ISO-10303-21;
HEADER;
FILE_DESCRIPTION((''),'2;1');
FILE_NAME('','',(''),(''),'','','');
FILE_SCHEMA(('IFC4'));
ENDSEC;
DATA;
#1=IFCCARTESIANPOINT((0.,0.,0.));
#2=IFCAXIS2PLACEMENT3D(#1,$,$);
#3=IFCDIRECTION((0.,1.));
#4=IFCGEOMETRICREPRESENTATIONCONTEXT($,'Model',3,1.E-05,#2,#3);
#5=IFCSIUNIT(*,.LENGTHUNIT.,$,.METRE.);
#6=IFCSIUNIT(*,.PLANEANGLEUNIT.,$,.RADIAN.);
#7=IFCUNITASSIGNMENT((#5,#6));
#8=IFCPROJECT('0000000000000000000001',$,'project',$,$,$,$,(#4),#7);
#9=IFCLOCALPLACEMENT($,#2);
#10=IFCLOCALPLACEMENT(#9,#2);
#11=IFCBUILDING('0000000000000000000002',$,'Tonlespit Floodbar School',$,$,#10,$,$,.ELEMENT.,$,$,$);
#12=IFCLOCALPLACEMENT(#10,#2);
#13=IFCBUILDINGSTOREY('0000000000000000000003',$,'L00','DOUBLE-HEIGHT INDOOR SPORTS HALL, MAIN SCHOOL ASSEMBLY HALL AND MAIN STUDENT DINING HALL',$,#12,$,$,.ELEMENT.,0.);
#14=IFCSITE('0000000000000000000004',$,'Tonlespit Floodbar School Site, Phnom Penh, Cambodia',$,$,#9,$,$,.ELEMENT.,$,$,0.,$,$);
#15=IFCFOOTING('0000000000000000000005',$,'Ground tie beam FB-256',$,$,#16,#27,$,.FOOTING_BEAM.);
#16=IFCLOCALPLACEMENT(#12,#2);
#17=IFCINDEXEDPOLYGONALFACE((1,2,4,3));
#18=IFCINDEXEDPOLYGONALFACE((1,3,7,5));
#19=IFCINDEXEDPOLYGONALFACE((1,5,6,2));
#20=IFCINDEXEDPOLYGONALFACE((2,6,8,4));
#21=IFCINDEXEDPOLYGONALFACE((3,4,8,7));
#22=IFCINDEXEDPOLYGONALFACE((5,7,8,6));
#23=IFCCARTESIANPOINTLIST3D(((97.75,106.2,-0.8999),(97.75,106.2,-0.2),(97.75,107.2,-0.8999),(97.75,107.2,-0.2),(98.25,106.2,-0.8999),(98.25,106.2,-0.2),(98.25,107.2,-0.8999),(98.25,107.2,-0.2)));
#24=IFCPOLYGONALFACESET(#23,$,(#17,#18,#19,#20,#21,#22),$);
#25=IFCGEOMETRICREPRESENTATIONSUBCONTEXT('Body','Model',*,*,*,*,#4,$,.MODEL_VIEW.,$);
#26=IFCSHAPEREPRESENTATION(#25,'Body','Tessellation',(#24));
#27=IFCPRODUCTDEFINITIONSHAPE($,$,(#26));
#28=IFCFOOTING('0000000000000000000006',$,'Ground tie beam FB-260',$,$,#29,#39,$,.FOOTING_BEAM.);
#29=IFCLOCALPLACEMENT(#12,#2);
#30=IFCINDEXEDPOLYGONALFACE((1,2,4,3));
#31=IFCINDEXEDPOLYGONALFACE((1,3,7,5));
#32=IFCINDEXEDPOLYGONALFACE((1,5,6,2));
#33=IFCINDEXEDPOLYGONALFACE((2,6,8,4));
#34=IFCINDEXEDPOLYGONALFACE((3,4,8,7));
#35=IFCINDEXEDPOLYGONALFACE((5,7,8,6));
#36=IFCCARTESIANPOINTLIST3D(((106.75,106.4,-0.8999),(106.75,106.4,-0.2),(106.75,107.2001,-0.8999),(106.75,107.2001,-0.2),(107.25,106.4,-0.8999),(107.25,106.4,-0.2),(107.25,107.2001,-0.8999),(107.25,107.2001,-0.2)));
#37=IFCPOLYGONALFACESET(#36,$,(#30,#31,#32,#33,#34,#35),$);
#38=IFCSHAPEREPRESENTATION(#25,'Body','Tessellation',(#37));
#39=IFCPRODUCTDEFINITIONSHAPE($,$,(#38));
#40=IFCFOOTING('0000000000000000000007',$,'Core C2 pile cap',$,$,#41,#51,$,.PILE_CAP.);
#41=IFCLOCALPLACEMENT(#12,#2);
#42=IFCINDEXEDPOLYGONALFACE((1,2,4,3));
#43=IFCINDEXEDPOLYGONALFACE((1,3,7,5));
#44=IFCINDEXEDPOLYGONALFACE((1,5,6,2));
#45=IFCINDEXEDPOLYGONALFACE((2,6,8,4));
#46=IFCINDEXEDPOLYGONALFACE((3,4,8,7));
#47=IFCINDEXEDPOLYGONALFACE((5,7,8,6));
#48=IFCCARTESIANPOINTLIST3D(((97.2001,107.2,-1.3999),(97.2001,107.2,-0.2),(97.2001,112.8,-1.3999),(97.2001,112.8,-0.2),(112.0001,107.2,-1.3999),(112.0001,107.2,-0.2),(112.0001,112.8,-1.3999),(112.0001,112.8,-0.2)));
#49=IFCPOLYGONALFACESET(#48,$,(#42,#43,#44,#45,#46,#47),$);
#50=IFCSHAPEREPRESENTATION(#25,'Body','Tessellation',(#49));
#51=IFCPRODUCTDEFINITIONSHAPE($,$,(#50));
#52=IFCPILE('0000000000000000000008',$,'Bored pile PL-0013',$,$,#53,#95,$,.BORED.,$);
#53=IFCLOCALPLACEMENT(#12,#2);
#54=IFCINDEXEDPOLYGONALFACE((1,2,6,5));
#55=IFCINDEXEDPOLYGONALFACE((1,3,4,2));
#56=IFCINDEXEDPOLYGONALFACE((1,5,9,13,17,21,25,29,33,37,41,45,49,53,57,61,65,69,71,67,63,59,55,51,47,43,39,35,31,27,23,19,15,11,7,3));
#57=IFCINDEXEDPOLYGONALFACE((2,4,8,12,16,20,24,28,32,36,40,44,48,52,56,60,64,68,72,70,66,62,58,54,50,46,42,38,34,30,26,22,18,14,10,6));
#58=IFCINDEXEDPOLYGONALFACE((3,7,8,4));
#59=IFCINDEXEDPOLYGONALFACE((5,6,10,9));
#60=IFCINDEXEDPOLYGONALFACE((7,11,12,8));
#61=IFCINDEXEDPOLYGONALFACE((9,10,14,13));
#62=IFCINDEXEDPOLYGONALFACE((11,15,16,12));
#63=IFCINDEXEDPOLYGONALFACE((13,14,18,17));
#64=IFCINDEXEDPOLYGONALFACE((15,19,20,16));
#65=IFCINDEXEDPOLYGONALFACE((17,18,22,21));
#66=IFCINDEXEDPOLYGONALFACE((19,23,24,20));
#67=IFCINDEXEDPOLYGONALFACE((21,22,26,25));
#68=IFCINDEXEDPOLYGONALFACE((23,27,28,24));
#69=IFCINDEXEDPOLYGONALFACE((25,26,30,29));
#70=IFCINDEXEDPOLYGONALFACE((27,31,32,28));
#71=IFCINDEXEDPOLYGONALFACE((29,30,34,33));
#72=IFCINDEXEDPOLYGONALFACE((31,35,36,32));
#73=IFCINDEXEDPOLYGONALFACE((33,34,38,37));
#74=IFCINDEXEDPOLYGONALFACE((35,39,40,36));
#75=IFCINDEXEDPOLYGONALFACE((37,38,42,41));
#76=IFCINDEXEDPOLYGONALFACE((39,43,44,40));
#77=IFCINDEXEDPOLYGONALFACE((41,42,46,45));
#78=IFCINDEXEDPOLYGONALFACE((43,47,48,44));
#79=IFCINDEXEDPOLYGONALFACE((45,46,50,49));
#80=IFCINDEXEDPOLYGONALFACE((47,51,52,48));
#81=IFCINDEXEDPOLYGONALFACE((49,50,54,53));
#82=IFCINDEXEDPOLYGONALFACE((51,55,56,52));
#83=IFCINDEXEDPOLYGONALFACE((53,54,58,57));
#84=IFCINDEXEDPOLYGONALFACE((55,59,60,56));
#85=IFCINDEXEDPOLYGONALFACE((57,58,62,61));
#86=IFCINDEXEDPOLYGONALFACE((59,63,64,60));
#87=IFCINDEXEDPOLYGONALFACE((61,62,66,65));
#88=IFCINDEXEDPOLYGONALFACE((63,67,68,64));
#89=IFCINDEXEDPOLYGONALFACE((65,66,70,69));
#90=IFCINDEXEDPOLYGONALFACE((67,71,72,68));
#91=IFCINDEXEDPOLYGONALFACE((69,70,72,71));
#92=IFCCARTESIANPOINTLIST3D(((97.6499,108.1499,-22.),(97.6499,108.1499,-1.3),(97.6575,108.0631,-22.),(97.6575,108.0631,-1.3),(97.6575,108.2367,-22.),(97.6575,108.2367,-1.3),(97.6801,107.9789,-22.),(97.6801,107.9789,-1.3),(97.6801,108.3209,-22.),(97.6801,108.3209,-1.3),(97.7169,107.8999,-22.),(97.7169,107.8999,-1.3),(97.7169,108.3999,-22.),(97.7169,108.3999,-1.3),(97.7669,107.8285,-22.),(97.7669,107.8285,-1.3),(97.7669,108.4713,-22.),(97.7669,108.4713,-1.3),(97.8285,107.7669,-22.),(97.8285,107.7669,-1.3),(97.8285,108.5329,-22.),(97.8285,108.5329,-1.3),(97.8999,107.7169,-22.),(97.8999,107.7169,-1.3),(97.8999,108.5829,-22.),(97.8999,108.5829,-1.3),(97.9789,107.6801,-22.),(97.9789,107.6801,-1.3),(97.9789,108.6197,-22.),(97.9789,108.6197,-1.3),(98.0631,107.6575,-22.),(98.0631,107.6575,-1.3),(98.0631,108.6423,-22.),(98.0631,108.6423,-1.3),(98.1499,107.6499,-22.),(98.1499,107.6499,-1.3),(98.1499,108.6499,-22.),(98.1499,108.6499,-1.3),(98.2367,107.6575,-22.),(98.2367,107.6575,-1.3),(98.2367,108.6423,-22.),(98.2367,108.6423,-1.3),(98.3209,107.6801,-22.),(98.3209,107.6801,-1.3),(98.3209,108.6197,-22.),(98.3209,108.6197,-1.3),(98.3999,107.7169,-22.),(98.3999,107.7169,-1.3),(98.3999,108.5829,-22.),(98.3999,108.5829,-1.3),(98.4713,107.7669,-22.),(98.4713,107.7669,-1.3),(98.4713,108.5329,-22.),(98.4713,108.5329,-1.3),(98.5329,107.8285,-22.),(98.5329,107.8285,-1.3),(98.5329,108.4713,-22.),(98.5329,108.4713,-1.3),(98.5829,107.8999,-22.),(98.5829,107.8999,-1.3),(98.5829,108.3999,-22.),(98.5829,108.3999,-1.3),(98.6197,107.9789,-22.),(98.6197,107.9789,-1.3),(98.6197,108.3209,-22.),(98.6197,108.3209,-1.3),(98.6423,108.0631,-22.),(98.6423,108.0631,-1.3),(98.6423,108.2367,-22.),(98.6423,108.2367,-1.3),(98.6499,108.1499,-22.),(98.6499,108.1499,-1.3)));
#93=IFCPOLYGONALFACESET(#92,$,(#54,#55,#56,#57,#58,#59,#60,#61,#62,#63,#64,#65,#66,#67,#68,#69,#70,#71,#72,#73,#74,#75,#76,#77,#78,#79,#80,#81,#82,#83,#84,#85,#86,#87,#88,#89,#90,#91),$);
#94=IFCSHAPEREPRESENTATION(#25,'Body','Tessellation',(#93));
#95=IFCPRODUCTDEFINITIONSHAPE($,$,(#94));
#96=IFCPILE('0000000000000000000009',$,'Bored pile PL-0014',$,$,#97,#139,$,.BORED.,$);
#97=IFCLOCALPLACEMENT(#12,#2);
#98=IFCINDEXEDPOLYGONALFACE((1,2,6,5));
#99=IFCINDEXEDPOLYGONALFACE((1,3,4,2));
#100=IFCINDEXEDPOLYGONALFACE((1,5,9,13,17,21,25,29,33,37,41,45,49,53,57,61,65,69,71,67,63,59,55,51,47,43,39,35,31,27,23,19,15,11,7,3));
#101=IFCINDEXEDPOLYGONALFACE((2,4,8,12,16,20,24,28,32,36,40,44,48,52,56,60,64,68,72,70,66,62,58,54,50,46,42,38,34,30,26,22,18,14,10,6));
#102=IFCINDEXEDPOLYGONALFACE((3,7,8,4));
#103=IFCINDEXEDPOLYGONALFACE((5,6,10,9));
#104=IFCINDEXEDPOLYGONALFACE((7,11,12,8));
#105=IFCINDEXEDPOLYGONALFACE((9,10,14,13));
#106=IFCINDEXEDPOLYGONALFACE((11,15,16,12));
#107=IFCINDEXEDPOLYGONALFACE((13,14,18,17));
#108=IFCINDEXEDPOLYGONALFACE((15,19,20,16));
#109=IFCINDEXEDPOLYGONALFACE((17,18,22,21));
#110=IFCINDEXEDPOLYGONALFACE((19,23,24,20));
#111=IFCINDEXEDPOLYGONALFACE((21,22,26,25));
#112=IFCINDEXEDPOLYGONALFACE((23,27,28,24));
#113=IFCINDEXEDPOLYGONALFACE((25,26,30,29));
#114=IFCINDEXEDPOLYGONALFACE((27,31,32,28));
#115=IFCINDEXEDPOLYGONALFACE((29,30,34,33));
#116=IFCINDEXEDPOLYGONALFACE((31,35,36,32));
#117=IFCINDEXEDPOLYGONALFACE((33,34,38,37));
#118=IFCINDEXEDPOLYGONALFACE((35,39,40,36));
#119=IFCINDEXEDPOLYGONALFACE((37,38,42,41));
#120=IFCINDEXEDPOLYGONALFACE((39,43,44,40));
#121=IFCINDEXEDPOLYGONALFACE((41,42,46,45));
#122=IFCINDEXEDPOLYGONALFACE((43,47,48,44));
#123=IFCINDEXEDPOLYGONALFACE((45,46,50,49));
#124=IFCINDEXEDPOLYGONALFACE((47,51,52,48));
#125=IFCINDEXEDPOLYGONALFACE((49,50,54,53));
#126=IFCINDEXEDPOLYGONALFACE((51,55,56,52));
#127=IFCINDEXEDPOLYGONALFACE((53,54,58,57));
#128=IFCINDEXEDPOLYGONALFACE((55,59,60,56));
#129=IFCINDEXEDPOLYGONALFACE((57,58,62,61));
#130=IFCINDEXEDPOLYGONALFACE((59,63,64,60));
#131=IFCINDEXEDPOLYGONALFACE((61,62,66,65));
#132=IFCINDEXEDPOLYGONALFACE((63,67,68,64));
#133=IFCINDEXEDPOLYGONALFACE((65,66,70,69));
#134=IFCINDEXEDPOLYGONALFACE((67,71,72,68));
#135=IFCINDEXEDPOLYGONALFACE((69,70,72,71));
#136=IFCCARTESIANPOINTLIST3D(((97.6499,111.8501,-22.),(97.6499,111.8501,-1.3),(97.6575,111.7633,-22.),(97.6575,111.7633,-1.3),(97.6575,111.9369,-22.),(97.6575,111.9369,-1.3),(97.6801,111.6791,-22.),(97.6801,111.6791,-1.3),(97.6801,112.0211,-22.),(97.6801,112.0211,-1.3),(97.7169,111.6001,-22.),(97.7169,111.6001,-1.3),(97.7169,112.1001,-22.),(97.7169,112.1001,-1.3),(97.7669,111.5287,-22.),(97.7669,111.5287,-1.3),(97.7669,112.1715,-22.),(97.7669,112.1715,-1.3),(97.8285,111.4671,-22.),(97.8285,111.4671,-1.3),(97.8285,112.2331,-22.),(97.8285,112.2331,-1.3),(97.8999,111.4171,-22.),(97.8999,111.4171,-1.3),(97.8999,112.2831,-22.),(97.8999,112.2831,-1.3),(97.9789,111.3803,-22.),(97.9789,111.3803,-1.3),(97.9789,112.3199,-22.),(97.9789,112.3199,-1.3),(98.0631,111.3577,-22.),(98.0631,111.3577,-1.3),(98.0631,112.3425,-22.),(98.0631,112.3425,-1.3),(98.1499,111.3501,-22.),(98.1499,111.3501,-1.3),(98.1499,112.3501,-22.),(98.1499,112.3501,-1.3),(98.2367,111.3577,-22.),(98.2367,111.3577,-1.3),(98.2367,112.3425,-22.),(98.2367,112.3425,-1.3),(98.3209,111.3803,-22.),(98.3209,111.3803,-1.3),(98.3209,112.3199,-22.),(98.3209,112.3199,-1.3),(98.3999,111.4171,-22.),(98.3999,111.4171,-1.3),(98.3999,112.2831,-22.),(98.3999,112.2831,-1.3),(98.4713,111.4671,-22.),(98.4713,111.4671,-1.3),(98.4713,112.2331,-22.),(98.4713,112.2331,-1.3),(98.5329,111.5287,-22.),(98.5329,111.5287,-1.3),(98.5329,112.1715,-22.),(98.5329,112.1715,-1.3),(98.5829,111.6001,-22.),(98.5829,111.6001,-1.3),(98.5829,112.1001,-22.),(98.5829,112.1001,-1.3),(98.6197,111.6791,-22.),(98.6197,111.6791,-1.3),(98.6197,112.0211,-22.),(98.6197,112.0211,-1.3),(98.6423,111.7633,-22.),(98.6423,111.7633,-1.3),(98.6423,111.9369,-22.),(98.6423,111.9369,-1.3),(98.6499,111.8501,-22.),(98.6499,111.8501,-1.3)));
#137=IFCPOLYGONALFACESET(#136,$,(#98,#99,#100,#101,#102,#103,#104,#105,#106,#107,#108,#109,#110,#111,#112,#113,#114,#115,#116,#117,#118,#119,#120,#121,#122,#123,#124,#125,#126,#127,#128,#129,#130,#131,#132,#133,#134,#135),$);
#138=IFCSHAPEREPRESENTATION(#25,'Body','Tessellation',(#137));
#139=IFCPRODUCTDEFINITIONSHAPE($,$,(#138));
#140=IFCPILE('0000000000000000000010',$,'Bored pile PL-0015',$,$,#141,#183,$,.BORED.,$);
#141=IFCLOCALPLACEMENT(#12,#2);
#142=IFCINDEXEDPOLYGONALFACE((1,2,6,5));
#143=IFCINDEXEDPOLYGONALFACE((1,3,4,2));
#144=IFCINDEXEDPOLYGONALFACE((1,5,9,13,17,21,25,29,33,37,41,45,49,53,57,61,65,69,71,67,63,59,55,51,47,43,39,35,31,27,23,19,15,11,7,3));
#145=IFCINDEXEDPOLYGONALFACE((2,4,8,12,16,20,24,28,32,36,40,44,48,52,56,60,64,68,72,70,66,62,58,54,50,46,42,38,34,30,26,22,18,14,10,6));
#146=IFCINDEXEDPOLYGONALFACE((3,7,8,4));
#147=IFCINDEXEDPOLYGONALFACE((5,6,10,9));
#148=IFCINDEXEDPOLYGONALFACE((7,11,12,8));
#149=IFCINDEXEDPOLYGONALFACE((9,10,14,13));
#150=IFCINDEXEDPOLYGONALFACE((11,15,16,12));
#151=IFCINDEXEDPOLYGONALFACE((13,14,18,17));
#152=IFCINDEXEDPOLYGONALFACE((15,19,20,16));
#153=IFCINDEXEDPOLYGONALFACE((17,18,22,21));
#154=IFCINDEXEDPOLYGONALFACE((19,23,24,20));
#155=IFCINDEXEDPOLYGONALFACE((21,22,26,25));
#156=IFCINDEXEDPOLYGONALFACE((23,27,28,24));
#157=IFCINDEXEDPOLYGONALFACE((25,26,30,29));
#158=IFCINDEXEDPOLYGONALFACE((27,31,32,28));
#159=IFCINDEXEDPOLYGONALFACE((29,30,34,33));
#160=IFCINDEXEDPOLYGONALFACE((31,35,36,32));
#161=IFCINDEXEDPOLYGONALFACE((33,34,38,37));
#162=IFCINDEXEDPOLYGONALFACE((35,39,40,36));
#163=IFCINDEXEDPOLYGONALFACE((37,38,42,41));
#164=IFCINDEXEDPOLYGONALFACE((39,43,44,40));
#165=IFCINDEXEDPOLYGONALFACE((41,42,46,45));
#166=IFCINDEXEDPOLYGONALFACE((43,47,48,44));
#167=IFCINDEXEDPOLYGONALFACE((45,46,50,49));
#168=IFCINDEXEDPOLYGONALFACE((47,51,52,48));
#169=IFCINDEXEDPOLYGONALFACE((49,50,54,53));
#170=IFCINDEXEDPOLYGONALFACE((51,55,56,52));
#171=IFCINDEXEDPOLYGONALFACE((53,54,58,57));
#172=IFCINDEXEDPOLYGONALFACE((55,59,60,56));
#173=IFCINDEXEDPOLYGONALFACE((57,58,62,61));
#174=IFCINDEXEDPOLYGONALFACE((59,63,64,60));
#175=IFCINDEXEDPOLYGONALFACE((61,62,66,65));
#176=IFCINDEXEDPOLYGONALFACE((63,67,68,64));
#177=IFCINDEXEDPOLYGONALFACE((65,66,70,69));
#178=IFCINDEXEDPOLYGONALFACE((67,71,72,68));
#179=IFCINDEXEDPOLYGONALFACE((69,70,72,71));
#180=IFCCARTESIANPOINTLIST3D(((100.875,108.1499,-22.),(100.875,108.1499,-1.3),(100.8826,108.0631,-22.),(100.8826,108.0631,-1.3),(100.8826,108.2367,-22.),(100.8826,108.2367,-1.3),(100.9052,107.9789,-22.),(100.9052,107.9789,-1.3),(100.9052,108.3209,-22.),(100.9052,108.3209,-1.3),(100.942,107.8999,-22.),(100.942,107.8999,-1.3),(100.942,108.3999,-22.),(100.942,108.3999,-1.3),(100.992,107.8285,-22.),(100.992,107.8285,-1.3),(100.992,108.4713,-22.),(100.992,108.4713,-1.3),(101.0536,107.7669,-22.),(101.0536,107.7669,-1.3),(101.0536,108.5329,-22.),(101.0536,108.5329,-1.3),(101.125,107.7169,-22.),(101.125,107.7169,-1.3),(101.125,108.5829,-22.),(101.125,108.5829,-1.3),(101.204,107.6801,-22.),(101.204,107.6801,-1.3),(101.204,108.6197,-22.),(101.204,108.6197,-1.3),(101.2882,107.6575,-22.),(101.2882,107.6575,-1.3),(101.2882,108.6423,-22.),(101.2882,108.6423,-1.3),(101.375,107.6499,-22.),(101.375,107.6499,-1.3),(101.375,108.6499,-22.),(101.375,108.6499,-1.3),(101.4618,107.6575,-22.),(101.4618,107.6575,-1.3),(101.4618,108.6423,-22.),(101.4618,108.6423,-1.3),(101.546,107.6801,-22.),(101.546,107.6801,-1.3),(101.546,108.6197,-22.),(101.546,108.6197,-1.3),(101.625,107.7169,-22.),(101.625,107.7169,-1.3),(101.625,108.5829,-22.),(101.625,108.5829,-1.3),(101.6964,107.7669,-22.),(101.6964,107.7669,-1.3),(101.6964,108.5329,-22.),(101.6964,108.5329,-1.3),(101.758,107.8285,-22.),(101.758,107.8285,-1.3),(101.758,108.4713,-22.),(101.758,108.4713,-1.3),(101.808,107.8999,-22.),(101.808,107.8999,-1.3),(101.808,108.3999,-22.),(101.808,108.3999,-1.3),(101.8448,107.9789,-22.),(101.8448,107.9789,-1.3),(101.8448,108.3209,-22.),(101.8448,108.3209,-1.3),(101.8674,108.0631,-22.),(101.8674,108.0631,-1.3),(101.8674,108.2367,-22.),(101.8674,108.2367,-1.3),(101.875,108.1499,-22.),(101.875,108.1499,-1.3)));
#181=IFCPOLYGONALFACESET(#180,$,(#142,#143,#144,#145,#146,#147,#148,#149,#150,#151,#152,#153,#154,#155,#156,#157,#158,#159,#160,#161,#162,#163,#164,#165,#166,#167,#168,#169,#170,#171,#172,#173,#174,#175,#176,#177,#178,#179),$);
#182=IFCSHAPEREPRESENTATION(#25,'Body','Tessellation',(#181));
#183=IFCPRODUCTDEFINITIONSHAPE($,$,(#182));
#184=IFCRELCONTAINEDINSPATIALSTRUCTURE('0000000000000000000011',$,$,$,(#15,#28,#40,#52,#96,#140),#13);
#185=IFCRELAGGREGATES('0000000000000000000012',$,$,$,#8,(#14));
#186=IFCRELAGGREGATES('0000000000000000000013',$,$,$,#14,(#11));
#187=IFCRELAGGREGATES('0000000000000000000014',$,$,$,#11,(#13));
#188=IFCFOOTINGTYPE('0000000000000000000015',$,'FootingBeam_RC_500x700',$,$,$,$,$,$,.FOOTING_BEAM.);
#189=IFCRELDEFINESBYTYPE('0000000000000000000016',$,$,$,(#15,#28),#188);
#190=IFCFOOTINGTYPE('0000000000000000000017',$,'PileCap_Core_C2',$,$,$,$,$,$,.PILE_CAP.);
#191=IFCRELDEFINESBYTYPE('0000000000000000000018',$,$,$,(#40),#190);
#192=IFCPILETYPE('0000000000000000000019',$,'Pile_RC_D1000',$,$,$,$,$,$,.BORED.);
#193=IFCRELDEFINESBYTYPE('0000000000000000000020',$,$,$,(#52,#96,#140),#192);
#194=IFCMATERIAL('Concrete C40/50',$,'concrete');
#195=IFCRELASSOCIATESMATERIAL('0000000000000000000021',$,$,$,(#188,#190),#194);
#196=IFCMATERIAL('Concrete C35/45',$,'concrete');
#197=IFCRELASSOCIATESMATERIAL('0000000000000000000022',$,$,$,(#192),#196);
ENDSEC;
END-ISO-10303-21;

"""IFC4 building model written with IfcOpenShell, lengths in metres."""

from ifc_helpers import new_model, si_unit, direction, frame, origin, origin_2d, place, context, subcontext, project, spatial, rectangle, circle, extrude, material, material_profile, profile_set, type_object, element, save


model = new_model("IFC4")

# Units and contexts
model_context = context("Model", 3, precision=1e-05, world=origin(), true_north=direction((0.0, 1.0)))
body_context = subcontext(model_context, "Body", "Model", "MODEL_VIEW")
ifc_project = project(units=[si_unit("LENGTHUNIT", "METRE"), si_unit("PLANEANGLEUNIT", "RADIAN")], contexts=[model_context])

# Site, building, storey
site_placement = place(None, origin())
site = spatial("IfcSite", under=ifc_project, at=site_placement, Name="Tonlespit Floodbar School Site, Phnom Penh, Cambodia", CompositionType="ELEMENT", RefElevation=0.0)
building_placement = place(site_placement, origin())
building = spatial("IfcBuilding", under=site, at=building_placement, Name="Tonlespit Floodbar School", CompositionType="ELEMENT")
storey_placement = place(building_placement, origin())
storey = spatial("IfcBuildingStorey", under=building, at=storey_placement, Name="L00", Description="DOUBLE-HEIGHT INDOOR SPORTS HALL, MAIN SCHOOL ASSEMBLY HALL AND MAIN STUDENT DINING HALL", CompositionType="ELEMENT", Elevation=0.0)

# Footings
ifc_material_1 = material(Name="Concrete C40/50", Category="concrete")
footing_type_1 = type_object("IfcFootingType", Name="FootingBeam_RC_500x700", PredefinedType="FOOTING_BEAM", material=ifc_material_1)
footing_1_placement = place(storey_placement, frame((98.0, 106.7, -0.8999), z_axis=(0.0, 0.0, 1.0), x_axis=(0.0, 1.0, 0.0)))
element("IfcFooting", 1, at=footing_1_placement, inside=storey, type_object=footing_type_1, Name="Ground tie beam FB-256", PredefinedType="FOOTING_BEAM", context=body_context, shape_type="SweptSolid", body=[
    extrude(rectangle(XDim=1.0, YDim=0.5, at=origin_2d()), origin(), (0.0, 0.0, 1.0), 0.7),
])
footing_2_placement = place(storey_placement, frame((107.0, 106.8, -0.8999), z_axis=(0.0, 0.0, 1.0), x_axis=(0.0, 1.0, 0.0)))
element("IfcFooting", 2, at=footing_2_placement, inside=storey, type_object=footing_type_1, Name="Ground tie beam FB-260", PredefinedType="FOOTING_BEAM", context=body_context, shape_type="SweptSolid", body=[
    extrude(rectangle(XDim=0.8, YDim=0.5, at=origin_2d()), origin(), (0.0, 0.0, 1.0), 0.7),
])
footing_type_2 = type_object("IfcFootingType", Name="PileCap_Core_C2", PredefinedType="PILE_CAP", material=ifc_material_1)
footing_3_placement = place(storey_placement, frame((104.6001, 110.0, -1.3999), z_axis=(0.0, 0.0, 1.0), x_axis=(1.0, 0.0, 0.0)))
element("IfcFooting", 3, at=footing_3_placement, inside=storey, type_object=footing_type_2, Name="Core C2 pile cap", PredefinedType="PILE_CAP", context=body_context, shape_type="SweptSolid", body=[
    extrude(rectangle(XDim=14.8, YDim=5.6001, at=origin_2d()), origin(), (0.0, 0.0, 1.0), 1.2),
])

# Piles
ifc_material_2 = material(Name="Concrete C35/45", Category="concrete")
ifc_material_profile = material_profile(ifc_material_2, circle(Radius=0.5, at=origin_2d()), Name="BP D1000")
ifc_profile_set = profile_set([ifc_material_profile], Name="Concrete C35/45")
pile_type = type_object("IfcPileType", Name="Pile_RC_D1000", PredefinedType="BORED", material=ifc_profile_set)
for number, where, z_axis, x_axis, name in (
    (4, (98.1499, 108.1499, -1.3), (0.0, 0.0, -1.0), (1.0, 0.0, 0.0), "Bored pile PL-0013"),
    (5, (98.1499, 111.8501, -1.3), (0.0, 0.0, -1.0), (1.0, 0.0, 0.0), "Bored pile PL-0014"),
    (6, (101.375, 108.1499, -1.3), (0.0, 0.0, -1.0), (1.0, 0.0, 0.0), "Bored pile PL-0015"),
):
    element("IfcPile", number, at=place(storey_placement, frame(where, z_axis=z_axis, x_axis=x_axis)), inside=storey, type_object=pile_type, Name=name, PredefinedType="BORED", context=body_context, shape_type="SweptSolid", body=[
        extrude(circle(Radius=0.5, at=origin_2d()), origin(), (0.0, 0.0, 1.0), 20.7),
    ])

save(model, "model.ifc")
